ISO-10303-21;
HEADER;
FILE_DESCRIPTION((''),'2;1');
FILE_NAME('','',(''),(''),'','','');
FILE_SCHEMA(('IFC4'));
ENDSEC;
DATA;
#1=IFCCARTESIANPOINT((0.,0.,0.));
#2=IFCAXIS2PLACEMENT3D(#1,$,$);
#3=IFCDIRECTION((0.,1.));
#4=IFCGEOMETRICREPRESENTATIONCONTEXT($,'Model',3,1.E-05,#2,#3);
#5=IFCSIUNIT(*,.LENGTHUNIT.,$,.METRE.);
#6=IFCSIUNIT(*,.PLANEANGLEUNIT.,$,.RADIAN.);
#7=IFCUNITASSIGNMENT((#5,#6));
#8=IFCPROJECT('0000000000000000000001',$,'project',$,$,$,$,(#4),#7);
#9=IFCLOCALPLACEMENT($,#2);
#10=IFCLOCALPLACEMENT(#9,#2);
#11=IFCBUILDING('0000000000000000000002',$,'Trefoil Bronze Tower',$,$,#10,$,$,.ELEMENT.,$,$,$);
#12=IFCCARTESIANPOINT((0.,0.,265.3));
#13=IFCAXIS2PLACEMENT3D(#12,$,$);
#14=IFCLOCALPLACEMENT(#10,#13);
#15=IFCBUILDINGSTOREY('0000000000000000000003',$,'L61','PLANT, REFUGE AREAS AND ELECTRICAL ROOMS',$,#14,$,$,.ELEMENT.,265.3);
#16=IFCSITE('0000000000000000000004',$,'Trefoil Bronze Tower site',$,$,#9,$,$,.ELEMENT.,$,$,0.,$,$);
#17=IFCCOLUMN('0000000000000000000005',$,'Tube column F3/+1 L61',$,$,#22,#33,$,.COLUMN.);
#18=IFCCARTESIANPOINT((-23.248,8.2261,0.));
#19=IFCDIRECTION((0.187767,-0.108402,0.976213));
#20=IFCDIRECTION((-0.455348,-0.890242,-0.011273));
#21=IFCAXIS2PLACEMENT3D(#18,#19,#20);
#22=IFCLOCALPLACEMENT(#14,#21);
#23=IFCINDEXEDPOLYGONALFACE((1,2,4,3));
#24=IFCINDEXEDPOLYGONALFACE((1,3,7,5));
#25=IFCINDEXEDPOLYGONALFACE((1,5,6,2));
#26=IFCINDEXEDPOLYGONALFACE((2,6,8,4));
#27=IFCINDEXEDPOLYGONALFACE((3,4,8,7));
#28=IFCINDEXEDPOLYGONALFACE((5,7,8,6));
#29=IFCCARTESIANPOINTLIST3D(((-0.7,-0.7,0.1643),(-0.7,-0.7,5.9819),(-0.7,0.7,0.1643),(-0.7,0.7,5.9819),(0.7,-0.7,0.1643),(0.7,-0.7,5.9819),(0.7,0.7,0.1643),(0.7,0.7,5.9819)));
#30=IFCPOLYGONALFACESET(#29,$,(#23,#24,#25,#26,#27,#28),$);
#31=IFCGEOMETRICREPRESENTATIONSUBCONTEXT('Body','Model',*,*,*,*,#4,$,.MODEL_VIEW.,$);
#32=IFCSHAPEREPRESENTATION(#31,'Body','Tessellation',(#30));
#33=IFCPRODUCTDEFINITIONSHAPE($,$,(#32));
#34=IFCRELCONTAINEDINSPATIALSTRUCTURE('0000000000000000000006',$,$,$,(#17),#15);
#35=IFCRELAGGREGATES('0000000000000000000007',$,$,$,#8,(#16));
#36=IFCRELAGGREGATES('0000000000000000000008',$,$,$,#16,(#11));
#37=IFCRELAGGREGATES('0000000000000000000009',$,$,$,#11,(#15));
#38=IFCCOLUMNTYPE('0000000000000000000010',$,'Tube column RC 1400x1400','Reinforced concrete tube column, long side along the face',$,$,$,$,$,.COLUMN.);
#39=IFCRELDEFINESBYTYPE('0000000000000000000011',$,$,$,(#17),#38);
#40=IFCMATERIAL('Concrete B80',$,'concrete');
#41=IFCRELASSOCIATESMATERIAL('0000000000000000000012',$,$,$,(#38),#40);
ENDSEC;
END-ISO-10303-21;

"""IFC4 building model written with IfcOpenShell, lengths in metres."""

from ifc_helpers import new_model, si_unit, direction, frame, origin, origin_2d, place, context, subcontext, project, spatial, rectangle, extrude, clip, halfspace, material, material_profile, profile_set, type_object, element, save


model = new_model("IFC4")

# Units and contexts
model_context = context("Model", 3, precision=1e-05, world=origin(), true_north=direction((0.0, 1.0)))
body_context = subcontext(model_context, "Body", "Model", "MODEL_VIEW")
ifc_project = project(units=[si_unit("LENGTHUNIT", "METRE"), si_unit("PLANEANGLEUNIT", "RADIAN")], contexts=[model_context])

# Site, building, storey
site_placement = place(None, origin())
site = spatial("IfcSite", under=ifc_project, at=site_placement, Name="Trefoil Bronze Tower site", CompositionType="ELEMENT", RefElevation=0.0)
building_placement = place(site_placement, origin())
building = spatial("IfcBuilding", under=site, at=building_placement, Name="Trefoil Bronze Tower", CompositionType="ELEMENT")
storey_placement = place(building_placement, frame((0.0, 0.0, 265.3)))
storey = spatial("IfcBuildingStorey", under=building, at=storey_placement, Name="L61", Description="PLANT, REFUGE AREAS AND ELECTRICAL ROOMS", CompositionType="ELEMENT", Elevation=265.3)

# Column
ifc_material_1 = material(Name="Concrete B80", Category="concrete")
ifc_material_profile_1 = material_profile(ifc_material_1, rectangle(XDim=1.3999, YDim=1.3999, at=origin_2d()), Name="RC 1400x1400")
ifc_profile_set_1 = profile_set([ifc_material_profile_1], Name="Concrete B80")
column_type = type_object("IfcColumnType", Name="Tube column RC 1400x1400", Description="Reinforced concrete tube column, long side along the face", PredefinedType="COLUMN", material=ifc_profile_set_1)
column_placement = place(storey_placement, frame((-23.248, 8.2261, 0.0), z_axis=(0.187767, -0.108402, 0.976213), x_axis=(-0.455348, -0.890242, -0.011273)))
element("IfcColumn", 1, at=column_placement, inside=storey, type_object=column_type, Name="Tube column F3/+1 L61", PredefinedType="COLUMN", context=body_context, shape_type="Clipping", body=[
    clip(clip(extrude(rectangle(XDim=1.3999, YDim=1.3999, at=origin_2d()), origin(), (0.0, 0.0, 1.0), 6.1462), halfspace(frame((0.0, 0.0, 0.1643), z_axis=(0.000004, -0.00001, 1.0), x_axis=(0.0, 1.0, 0.00001)), True)), halfspace(frame((0.0, 0.0, 5.9819), z_axis=(-0.000004, 0.00001, -1.0), x_axis=(0.0, -1.0, -0.00001)), True)),
])

save(model, "model.ifc")
